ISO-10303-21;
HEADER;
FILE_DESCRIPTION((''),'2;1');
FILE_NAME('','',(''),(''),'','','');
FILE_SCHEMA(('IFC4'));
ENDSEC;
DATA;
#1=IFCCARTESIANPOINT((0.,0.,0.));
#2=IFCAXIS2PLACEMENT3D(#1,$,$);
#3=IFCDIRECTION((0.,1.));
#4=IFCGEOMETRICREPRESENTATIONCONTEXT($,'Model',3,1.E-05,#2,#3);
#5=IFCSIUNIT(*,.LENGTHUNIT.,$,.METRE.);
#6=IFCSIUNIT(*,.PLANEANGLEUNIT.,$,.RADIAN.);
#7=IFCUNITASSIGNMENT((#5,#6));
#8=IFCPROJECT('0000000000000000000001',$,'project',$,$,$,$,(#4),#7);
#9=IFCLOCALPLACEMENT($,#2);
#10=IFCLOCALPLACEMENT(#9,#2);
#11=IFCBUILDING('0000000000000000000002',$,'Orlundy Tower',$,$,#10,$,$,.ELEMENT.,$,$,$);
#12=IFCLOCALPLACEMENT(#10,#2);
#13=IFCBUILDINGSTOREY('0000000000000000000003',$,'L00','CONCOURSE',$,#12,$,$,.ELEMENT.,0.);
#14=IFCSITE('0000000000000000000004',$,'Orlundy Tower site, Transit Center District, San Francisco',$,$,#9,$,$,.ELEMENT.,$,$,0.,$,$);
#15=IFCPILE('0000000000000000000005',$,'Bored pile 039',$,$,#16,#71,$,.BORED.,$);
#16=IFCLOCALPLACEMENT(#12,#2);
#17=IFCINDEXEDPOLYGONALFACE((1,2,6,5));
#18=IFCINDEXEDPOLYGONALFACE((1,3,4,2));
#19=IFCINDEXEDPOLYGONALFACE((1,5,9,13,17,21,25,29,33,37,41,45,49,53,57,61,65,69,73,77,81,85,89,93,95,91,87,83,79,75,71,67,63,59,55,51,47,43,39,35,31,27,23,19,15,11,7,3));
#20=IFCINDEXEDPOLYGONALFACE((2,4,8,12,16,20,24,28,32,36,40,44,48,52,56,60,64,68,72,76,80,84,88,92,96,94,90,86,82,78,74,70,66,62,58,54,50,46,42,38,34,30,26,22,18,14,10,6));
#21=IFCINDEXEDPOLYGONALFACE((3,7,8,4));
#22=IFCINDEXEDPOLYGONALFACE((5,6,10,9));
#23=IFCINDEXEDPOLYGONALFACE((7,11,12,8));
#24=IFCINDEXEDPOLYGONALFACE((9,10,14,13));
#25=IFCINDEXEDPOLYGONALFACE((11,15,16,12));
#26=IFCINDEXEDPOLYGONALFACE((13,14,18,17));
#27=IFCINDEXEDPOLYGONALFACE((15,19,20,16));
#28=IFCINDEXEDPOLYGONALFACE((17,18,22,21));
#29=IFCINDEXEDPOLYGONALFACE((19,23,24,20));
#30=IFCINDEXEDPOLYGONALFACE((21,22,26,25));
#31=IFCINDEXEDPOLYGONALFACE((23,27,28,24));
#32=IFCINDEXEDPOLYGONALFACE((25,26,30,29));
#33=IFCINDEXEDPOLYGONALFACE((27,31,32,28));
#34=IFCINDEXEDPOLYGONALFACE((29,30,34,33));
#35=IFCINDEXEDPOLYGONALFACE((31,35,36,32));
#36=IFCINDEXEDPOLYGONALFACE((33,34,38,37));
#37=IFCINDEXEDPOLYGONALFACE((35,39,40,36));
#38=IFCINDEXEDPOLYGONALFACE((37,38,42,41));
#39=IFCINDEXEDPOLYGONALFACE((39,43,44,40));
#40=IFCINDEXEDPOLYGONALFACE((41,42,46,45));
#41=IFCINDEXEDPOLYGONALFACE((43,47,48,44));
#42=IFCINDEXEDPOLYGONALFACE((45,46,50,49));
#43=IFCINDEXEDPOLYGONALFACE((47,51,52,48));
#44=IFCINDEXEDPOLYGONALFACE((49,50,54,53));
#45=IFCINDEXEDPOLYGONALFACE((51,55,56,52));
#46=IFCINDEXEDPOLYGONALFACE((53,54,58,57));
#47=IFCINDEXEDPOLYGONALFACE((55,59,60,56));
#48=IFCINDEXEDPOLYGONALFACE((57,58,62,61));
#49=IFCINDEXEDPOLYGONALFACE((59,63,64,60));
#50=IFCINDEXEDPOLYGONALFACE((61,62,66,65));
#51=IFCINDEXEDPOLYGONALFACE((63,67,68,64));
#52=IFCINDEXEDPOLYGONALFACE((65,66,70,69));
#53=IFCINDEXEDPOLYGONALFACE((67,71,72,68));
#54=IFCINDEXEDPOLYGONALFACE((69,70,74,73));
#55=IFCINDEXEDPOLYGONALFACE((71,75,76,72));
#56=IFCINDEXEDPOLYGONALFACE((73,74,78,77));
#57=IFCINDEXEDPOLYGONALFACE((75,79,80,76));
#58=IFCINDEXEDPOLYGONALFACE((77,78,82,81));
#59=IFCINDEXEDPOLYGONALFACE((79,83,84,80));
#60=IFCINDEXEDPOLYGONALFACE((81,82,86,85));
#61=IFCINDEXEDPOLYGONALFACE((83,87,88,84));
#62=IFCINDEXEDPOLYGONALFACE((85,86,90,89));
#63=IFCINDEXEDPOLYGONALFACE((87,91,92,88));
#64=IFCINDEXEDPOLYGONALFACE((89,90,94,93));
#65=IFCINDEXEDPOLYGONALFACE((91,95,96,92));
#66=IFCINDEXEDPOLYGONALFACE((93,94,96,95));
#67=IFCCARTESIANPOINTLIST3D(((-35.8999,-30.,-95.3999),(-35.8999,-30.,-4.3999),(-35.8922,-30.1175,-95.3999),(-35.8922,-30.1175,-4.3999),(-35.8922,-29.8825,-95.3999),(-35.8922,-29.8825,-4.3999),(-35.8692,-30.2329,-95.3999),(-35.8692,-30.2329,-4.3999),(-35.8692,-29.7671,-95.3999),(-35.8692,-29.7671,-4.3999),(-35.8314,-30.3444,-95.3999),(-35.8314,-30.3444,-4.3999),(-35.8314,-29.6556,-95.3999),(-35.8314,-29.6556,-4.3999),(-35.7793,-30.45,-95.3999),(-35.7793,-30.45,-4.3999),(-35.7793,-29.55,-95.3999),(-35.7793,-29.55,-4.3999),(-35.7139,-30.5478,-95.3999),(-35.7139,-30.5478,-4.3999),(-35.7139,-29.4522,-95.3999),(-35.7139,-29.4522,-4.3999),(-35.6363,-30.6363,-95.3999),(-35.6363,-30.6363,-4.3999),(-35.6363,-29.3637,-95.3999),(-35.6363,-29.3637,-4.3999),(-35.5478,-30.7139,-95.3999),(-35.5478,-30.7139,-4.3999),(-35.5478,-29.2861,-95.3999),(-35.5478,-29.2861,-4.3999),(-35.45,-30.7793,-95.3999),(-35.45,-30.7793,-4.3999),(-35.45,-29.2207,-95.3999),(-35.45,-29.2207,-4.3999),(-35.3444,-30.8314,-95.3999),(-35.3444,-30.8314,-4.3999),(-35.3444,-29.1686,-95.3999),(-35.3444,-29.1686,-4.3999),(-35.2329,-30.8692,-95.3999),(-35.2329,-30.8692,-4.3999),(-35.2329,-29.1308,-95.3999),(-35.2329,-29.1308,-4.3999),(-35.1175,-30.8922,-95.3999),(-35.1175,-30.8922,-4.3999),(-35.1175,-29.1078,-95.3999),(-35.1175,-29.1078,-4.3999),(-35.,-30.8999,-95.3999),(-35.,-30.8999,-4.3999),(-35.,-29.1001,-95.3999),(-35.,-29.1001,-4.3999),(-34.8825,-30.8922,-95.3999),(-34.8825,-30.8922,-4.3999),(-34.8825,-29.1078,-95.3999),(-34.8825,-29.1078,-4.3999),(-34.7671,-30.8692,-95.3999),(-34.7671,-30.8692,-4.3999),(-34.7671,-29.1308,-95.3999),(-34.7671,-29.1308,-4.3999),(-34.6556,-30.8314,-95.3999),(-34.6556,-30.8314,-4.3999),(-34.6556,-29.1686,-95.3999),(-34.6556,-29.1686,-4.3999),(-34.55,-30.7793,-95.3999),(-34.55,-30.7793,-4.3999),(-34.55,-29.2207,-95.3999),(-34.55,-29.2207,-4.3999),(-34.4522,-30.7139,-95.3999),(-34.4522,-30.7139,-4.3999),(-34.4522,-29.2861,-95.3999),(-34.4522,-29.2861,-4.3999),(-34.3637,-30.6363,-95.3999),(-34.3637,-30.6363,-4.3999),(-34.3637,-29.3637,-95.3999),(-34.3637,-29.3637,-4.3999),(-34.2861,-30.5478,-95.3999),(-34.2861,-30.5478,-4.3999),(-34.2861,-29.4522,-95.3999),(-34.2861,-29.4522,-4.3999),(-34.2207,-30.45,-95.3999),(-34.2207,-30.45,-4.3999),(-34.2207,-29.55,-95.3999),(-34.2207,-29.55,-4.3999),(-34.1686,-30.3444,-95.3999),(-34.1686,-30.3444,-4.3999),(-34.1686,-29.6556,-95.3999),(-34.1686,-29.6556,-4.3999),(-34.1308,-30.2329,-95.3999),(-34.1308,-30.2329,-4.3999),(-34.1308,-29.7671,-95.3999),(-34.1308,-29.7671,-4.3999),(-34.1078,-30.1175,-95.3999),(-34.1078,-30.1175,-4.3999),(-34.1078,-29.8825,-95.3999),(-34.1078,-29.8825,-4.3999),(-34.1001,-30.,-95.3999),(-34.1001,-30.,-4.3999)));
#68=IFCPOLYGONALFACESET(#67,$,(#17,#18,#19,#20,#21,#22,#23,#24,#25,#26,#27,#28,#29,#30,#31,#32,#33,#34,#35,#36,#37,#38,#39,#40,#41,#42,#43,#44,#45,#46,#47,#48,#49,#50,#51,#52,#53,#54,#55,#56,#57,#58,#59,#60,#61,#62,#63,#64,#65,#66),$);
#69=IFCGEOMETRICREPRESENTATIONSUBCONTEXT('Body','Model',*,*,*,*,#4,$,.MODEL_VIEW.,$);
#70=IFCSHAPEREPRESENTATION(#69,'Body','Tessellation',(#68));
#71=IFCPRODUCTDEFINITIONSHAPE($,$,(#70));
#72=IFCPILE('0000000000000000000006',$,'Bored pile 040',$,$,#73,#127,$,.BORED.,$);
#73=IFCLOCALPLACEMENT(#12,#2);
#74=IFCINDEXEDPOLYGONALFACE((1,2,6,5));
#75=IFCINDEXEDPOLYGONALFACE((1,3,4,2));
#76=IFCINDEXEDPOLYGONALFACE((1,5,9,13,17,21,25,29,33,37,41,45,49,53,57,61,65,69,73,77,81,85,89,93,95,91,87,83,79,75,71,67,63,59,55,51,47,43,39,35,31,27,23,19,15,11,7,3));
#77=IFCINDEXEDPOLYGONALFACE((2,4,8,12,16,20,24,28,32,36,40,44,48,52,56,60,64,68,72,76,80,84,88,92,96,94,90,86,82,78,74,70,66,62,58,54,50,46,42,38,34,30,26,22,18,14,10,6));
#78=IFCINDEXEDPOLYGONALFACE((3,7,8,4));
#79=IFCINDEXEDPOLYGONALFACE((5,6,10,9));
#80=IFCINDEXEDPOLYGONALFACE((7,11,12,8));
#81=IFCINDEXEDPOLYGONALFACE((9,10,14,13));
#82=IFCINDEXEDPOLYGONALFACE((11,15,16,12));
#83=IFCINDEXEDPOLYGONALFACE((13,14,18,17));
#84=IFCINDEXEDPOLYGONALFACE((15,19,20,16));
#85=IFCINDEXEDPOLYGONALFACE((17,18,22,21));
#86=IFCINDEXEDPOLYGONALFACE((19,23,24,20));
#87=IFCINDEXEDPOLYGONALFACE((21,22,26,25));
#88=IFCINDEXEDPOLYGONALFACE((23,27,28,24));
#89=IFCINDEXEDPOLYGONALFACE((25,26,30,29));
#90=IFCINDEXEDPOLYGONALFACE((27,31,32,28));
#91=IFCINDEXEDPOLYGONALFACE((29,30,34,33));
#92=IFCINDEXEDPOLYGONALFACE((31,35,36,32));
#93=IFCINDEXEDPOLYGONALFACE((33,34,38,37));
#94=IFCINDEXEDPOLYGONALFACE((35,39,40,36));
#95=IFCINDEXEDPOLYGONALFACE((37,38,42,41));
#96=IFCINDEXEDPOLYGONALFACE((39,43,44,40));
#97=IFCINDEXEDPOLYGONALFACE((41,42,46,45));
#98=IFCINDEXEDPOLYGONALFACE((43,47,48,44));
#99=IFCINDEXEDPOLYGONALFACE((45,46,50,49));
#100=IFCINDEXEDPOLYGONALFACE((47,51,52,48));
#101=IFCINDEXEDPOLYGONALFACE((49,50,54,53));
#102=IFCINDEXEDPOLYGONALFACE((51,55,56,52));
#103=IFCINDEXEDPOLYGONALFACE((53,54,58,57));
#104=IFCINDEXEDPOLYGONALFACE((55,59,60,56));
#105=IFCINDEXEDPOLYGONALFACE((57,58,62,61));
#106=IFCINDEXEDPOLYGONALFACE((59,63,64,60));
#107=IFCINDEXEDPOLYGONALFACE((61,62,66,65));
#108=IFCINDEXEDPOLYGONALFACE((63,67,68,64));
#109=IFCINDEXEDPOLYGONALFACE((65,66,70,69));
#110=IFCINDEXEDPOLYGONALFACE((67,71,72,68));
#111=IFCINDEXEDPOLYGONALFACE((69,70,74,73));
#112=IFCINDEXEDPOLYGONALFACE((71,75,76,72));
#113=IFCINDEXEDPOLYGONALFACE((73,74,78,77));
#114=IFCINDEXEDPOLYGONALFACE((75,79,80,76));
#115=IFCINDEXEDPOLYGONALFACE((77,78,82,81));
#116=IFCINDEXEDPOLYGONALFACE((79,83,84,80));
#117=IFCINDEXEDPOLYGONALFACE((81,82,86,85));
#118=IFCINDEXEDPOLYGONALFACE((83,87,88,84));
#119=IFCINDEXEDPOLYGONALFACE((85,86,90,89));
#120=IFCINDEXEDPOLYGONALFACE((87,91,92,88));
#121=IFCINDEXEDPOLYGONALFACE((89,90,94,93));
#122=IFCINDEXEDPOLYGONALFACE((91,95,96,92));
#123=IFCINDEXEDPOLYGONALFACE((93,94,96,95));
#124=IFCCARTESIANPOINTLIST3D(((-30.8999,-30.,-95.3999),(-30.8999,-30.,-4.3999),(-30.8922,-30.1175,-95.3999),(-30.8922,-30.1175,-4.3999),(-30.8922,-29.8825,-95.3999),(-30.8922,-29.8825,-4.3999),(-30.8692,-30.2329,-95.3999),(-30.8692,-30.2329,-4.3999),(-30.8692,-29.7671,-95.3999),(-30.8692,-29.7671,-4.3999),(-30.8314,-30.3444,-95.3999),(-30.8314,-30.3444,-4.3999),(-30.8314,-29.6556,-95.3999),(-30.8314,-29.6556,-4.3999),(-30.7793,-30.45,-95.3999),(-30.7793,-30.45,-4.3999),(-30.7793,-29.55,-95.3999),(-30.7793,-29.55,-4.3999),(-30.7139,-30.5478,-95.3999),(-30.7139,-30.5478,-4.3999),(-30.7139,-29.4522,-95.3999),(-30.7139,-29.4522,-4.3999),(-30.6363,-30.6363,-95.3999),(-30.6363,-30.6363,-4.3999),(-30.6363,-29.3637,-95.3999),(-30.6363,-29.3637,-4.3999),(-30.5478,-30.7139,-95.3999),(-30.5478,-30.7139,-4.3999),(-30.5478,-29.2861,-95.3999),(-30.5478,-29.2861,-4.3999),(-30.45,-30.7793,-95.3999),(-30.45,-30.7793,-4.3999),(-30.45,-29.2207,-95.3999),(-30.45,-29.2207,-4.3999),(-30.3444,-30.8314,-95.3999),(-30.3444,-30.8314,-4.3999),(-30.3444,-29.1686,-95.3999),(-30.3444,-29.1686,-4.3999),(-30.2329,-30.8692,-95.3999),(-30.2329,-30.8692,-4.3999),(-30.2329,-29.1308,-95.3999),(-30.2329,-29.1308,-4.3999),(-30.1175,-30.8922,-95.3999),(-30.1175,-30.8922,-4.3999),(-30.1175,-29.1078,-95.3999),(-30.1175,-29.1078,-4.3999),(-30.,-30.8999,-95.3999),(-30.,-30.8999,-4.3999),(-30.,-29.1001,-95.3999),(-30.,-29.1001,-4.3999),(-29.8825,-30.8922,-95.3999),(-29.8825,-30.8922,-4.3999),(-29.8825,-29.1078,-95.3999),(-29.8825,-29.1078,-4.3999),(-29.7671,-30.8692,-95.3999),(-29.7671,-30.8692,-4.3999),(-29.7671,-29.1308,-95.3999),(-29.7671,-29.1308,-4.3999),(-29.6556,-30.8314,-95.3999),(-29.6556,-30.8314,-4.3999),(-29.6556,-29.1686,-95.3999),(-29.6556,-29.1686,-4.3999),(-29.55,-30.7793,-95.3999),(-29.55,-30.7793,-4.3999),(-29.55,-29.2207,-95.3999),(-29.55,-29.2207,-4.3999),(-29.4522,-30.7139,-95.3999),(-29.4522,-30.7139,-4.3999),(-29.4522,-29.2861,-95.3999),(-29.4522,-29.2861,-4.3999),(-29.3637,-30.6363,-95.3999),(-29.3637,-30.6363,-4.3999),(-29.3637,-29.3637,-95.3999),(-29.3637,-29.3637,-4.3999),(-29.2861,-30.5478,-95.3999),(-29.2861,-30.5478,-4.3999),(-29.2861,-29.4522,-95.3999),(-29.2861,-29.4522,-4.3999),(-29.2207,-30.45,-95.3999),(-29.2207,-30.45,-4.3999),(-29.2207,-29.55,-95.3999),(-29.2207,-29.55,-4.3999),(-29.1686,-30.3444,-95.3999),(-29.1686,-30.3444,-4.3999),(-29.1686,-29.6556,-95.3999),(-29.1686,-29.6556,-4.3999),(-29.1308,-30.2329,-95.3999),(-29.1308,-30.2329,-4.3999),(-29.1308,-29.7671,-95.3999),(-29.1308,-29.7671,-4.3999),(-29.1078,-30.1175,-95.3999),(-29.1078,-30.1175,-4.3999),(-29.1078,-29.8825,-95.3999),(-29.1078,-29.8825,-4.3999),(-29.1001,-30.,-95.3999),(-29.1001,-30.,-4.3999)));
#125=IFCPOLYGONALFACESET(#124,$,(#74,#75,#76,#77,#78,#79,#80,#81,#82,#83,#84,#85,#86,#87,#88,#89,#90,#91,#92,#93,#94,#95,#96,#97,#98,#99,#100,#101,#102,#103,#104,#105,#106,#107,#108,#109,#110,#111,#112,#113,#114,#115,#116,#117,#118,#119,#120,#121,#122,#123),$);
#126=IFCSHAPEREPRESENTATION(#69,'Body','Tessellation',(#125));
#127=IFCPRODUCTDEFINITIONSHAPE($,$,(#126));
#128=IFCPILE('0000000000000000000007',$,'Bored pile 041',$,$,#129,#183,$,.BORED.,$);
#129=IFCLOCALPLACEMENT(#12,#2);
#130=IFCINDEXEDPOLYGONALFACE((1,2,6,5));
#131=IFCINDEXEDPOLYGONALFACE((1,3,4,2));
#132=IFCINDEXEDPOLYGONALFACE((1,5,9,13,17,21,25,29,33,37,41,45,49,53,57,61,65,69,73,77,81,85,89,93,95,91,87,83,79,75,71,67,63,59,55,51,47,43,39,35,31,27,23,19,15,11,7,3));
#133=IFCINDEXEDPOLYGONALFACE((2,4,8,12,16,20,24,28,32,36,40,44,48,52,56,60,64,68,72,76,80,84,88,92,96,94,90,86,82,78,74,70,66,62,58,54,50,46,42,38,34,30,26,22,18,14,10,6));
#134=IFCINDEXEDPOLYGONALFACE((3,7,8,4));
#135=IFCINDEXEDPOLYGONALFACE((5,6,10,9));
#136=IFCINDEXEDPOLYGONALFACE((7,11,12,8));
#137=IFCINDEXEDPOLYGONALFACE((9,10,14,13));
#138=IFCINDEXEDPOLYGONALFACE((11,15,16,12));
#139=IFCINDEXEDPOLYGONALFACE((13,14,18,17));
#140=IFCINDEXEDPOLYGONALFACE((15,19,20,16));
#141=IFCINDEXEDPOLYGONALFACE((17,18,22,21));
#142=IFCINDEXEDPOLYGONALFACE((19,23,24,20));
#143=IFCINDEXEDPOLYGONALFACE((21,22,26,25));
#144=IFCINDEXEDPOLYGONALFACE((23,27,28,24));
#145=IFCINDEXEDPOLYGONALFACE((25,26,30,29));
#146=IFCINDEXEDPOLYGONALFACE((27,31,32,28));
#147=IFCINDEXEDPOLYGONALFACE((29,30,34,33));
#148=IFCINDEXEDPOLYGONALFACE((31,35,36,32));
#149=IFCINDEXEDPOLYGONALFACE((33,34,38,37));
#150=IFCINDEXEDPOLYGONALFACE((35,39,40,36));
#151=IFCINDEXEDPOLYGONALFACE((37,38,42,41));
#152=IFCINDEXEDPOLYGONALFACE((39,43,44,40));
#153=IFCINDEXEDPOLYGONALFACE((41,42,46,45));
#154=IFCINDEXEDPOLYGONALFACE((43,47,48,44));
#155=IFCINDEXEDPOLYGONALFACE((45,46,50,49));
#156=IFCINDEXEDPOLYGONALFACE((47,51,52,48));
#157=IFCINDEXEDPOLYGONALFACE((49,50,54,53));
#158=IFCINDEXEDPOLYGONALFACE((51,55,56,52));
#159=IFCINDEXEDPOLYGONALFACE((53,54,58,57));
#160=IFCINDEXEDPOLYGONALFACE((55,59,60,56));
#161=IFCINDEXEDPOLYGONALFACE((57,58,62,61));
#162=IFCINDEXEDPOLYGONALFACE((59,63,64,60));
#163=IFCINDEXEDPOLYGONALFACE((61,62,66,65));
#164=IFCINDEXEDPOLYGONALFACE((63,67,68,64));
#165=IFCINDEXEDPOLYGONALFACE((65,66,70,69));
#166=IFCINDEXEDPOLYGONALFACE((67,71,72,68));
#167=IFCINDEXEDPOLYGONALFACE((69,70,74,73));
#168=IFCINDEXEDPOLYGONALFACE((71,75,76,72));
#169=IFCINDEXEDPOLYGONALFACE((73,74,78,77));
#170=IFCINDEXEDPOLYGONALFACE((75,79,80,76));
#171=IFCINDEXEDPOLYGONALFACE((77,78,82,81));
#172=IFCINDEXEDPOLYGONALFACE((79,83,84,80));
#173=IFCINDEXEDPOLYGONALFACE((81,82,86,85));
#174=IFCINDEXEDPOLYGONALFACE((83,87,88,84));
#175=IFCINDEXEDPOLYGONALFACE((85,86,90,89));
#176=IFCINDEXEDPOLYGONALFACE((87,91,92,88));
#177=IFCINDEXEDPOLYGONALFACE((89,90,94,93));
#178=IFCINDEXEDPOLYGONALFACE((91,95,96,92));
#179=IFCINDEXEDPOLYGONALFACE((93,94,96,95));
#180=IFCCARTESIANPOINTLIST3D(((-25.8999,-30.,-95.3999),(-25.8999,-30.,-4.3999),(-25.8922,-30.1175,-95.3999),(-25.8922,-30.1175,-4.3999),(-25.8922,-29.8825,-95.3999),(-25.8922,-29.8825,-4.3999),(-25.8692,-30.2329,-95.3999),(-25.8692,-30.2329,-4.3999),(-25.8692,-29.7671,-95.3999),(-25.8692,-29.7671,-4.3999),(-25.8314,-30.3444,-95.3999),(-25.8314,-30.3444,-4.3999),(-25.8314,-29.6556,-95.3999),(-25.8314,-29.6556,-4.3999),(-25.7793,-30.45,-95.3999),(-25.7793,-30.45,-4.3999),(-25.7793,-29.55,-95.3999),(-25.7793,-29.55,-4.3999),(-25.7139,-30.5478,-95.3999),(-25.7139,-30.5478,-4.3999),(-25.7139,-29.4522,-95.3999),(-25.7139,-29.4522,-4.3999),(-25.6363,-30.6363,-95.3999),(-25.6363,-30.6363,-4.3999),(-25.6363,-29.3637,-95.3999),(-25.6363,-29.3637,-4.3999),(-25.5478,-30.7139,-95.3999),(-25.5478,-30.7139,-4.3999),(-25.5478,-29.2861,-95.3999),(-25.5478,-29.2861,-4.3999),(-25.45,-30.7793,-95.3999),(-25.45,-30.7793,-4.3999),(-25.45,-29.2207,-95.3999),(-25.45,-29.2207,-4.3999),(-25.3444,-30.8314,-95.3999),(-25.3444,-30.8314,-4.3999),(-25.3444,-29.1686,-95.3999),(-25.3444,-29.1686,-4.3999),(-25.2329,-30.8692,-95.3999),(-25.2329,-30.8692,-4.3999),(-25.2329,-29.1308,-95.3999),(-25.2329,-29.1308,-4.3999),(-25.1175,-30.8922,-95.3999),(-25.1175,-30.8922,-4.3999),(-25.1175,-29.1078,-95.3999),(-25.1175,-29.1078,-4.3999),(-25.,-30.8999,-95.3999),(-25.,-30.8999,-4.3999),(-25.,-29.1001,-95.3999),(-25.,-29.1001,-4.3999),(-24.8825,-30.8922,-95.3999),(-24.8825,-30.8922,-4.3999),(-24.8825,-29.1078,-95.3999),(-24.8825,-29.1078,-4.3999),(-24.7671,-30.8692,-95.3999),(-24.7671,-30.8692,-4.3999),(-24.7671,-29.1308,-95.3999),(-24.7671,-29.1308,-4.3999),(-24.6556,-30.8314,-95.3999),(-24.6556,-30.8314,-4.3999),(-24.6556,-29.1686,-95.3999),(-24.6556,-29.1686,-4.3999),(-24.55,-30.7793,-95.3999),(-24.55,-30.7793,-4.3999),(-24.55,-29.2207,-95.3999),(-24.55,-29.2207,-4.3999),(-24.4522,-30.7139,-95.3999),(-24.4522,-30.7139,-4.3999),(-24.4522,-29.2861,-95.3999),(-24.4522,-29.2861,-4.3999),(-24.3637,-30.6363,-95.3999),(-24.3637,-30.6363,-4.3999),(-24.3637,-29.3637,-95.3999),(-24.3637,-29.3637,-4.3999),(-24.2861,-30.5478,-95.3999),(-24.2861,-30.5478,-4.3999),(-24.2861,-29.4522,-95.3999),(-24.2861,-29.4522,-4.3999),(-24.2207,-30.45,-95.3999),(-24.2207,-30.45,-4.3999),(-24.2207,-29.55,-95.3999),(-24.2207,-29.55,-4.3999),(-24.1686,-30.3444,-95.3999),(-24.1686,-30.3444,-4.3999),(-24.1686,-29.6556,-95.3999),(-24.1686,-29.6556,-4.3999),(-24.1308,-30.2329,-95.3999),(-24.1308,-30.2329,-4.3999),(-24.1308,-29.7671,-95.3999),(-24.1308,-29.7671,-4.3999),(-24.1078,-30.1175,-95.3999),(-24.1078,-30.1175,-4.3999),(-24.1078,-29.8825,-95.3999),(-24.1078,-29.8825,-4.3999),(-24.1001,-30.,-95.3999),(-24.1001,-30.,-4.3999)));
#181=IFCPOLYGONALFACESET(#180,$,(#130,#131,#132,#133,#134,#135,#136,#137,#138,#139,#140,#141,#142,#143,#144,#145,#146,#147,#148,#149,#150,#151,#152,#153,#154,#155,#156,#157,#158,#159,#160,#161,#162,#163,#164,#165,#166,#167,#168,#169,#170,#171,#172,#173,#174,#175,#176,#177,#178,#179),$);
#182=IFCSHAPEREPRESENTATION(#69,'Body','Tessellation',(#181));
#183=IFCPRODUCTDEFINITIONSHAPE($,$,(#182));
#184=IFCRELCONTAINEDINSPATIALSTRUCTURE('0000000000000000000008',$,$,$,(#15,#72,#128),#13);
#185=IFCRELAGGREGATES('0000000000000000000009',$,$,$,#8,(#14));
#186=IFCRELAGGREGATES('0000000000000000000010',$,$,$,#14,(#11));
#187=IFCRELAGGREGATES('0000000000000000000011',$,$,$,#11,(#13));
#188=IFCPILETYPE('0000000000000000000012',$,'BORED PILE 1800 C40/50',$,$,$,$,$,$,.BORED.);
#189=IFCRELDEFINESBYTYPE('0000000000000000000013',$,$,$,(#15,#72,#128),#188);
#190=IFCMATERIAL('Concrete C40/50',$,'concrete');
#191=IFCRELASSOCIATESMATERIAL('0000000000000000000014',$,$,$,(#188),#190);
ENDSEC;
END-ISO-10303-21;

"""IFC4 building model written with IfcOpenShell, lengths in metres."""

from ifc_helpers import new_model, si_unit, direction, frame, origin, origin_2d, place, context, subcontext, project, spatial, circle, extrude, material, material_profile, profile_set, type_object, element, save


model = new_model("IFC4")

# Units and contexts
model_context = context("Model", 3, precision=1e-05, world=origin(), true_north=direction((0.0, 1.0)))
body_context = subcontext(model_context, "Body", "Model", "MODEL_VIEW")
ifc_project = project(units=[si_unit("LENGTHUNIT", "METRE"), si_unit("PLANEANGLEUNIT", "RADIAN")], contexts=[model_context])

# Site, building, storey
site_placement = place(None, origin())
site = spatial("IfcSite", under=ifc_project, at=site_placement, Name="Orlundy Tower site, Transit Center District, San Francisco", CompositionType="ELEMENT", RefElevation=0.0)
building_placement = place(site_placement, origin())
building = spatial("IfcBuilding", under=site, at=building_placement, Name="Orlundy Tower", CompositionType="ELEMENT")
storey_placement = place(building_placement, origin())
storey = spatial("IfcBuildingStorey", under=building, at=storey_placement, Name="L00", Description="CONCOURSE", CompositionType="ELEMENT", Elevation=0.0)

# Piles
ifc_material_1 = material(Name="Concrete C40/50", Category="concrete")
ifc_material_profile_1 = material_profile(ifc_material_1, circle(Radius=0.8999, at=origin_2d()), Name="BP1800")
ifc_profile_set_1 = profile_set([ifc_material_profile_1], Name="Concrete C40/50")
pile_type = type_object("IfcPileType", Name="BORED PILE 1800 C40/50", PredefinedType="BORED", material=ifc_profile_set_1)
for number, where, z_axis, x_axis, name in (
    (1, (-35.0, -30.0, -4.3999), (0.0, 0.0, -1.0), (1.0, 0.0, 0.0), "Bored pile 039"),
    (2, (-30.0, -30.0, -4.3999), (0.0, 0.0, -1.0), (1.0, 0.0, 0.0), "Bored pile 040"),
    (3, (-25.0, -30.0, -4.3999), (0.0, 0.0, -1.0), (1.0, 0.0, 0.0), "Bored pile 041"),
):
    element("IfcPile", number, at=place(storey_placement, frame(where, z_axis=z_axis, x_axis=x_axis)), inside=storey, type_object=pile_type, Name=name, PredefinedType="BORED", context=body_context, shape_type="SweptSolid", body=[
        extrude(circle(Radius=0.8999, at=origin_2d()), origin(), (0.0, 0.0, 1.0), 91.0),
    ])

save(model, "model.ifc")
